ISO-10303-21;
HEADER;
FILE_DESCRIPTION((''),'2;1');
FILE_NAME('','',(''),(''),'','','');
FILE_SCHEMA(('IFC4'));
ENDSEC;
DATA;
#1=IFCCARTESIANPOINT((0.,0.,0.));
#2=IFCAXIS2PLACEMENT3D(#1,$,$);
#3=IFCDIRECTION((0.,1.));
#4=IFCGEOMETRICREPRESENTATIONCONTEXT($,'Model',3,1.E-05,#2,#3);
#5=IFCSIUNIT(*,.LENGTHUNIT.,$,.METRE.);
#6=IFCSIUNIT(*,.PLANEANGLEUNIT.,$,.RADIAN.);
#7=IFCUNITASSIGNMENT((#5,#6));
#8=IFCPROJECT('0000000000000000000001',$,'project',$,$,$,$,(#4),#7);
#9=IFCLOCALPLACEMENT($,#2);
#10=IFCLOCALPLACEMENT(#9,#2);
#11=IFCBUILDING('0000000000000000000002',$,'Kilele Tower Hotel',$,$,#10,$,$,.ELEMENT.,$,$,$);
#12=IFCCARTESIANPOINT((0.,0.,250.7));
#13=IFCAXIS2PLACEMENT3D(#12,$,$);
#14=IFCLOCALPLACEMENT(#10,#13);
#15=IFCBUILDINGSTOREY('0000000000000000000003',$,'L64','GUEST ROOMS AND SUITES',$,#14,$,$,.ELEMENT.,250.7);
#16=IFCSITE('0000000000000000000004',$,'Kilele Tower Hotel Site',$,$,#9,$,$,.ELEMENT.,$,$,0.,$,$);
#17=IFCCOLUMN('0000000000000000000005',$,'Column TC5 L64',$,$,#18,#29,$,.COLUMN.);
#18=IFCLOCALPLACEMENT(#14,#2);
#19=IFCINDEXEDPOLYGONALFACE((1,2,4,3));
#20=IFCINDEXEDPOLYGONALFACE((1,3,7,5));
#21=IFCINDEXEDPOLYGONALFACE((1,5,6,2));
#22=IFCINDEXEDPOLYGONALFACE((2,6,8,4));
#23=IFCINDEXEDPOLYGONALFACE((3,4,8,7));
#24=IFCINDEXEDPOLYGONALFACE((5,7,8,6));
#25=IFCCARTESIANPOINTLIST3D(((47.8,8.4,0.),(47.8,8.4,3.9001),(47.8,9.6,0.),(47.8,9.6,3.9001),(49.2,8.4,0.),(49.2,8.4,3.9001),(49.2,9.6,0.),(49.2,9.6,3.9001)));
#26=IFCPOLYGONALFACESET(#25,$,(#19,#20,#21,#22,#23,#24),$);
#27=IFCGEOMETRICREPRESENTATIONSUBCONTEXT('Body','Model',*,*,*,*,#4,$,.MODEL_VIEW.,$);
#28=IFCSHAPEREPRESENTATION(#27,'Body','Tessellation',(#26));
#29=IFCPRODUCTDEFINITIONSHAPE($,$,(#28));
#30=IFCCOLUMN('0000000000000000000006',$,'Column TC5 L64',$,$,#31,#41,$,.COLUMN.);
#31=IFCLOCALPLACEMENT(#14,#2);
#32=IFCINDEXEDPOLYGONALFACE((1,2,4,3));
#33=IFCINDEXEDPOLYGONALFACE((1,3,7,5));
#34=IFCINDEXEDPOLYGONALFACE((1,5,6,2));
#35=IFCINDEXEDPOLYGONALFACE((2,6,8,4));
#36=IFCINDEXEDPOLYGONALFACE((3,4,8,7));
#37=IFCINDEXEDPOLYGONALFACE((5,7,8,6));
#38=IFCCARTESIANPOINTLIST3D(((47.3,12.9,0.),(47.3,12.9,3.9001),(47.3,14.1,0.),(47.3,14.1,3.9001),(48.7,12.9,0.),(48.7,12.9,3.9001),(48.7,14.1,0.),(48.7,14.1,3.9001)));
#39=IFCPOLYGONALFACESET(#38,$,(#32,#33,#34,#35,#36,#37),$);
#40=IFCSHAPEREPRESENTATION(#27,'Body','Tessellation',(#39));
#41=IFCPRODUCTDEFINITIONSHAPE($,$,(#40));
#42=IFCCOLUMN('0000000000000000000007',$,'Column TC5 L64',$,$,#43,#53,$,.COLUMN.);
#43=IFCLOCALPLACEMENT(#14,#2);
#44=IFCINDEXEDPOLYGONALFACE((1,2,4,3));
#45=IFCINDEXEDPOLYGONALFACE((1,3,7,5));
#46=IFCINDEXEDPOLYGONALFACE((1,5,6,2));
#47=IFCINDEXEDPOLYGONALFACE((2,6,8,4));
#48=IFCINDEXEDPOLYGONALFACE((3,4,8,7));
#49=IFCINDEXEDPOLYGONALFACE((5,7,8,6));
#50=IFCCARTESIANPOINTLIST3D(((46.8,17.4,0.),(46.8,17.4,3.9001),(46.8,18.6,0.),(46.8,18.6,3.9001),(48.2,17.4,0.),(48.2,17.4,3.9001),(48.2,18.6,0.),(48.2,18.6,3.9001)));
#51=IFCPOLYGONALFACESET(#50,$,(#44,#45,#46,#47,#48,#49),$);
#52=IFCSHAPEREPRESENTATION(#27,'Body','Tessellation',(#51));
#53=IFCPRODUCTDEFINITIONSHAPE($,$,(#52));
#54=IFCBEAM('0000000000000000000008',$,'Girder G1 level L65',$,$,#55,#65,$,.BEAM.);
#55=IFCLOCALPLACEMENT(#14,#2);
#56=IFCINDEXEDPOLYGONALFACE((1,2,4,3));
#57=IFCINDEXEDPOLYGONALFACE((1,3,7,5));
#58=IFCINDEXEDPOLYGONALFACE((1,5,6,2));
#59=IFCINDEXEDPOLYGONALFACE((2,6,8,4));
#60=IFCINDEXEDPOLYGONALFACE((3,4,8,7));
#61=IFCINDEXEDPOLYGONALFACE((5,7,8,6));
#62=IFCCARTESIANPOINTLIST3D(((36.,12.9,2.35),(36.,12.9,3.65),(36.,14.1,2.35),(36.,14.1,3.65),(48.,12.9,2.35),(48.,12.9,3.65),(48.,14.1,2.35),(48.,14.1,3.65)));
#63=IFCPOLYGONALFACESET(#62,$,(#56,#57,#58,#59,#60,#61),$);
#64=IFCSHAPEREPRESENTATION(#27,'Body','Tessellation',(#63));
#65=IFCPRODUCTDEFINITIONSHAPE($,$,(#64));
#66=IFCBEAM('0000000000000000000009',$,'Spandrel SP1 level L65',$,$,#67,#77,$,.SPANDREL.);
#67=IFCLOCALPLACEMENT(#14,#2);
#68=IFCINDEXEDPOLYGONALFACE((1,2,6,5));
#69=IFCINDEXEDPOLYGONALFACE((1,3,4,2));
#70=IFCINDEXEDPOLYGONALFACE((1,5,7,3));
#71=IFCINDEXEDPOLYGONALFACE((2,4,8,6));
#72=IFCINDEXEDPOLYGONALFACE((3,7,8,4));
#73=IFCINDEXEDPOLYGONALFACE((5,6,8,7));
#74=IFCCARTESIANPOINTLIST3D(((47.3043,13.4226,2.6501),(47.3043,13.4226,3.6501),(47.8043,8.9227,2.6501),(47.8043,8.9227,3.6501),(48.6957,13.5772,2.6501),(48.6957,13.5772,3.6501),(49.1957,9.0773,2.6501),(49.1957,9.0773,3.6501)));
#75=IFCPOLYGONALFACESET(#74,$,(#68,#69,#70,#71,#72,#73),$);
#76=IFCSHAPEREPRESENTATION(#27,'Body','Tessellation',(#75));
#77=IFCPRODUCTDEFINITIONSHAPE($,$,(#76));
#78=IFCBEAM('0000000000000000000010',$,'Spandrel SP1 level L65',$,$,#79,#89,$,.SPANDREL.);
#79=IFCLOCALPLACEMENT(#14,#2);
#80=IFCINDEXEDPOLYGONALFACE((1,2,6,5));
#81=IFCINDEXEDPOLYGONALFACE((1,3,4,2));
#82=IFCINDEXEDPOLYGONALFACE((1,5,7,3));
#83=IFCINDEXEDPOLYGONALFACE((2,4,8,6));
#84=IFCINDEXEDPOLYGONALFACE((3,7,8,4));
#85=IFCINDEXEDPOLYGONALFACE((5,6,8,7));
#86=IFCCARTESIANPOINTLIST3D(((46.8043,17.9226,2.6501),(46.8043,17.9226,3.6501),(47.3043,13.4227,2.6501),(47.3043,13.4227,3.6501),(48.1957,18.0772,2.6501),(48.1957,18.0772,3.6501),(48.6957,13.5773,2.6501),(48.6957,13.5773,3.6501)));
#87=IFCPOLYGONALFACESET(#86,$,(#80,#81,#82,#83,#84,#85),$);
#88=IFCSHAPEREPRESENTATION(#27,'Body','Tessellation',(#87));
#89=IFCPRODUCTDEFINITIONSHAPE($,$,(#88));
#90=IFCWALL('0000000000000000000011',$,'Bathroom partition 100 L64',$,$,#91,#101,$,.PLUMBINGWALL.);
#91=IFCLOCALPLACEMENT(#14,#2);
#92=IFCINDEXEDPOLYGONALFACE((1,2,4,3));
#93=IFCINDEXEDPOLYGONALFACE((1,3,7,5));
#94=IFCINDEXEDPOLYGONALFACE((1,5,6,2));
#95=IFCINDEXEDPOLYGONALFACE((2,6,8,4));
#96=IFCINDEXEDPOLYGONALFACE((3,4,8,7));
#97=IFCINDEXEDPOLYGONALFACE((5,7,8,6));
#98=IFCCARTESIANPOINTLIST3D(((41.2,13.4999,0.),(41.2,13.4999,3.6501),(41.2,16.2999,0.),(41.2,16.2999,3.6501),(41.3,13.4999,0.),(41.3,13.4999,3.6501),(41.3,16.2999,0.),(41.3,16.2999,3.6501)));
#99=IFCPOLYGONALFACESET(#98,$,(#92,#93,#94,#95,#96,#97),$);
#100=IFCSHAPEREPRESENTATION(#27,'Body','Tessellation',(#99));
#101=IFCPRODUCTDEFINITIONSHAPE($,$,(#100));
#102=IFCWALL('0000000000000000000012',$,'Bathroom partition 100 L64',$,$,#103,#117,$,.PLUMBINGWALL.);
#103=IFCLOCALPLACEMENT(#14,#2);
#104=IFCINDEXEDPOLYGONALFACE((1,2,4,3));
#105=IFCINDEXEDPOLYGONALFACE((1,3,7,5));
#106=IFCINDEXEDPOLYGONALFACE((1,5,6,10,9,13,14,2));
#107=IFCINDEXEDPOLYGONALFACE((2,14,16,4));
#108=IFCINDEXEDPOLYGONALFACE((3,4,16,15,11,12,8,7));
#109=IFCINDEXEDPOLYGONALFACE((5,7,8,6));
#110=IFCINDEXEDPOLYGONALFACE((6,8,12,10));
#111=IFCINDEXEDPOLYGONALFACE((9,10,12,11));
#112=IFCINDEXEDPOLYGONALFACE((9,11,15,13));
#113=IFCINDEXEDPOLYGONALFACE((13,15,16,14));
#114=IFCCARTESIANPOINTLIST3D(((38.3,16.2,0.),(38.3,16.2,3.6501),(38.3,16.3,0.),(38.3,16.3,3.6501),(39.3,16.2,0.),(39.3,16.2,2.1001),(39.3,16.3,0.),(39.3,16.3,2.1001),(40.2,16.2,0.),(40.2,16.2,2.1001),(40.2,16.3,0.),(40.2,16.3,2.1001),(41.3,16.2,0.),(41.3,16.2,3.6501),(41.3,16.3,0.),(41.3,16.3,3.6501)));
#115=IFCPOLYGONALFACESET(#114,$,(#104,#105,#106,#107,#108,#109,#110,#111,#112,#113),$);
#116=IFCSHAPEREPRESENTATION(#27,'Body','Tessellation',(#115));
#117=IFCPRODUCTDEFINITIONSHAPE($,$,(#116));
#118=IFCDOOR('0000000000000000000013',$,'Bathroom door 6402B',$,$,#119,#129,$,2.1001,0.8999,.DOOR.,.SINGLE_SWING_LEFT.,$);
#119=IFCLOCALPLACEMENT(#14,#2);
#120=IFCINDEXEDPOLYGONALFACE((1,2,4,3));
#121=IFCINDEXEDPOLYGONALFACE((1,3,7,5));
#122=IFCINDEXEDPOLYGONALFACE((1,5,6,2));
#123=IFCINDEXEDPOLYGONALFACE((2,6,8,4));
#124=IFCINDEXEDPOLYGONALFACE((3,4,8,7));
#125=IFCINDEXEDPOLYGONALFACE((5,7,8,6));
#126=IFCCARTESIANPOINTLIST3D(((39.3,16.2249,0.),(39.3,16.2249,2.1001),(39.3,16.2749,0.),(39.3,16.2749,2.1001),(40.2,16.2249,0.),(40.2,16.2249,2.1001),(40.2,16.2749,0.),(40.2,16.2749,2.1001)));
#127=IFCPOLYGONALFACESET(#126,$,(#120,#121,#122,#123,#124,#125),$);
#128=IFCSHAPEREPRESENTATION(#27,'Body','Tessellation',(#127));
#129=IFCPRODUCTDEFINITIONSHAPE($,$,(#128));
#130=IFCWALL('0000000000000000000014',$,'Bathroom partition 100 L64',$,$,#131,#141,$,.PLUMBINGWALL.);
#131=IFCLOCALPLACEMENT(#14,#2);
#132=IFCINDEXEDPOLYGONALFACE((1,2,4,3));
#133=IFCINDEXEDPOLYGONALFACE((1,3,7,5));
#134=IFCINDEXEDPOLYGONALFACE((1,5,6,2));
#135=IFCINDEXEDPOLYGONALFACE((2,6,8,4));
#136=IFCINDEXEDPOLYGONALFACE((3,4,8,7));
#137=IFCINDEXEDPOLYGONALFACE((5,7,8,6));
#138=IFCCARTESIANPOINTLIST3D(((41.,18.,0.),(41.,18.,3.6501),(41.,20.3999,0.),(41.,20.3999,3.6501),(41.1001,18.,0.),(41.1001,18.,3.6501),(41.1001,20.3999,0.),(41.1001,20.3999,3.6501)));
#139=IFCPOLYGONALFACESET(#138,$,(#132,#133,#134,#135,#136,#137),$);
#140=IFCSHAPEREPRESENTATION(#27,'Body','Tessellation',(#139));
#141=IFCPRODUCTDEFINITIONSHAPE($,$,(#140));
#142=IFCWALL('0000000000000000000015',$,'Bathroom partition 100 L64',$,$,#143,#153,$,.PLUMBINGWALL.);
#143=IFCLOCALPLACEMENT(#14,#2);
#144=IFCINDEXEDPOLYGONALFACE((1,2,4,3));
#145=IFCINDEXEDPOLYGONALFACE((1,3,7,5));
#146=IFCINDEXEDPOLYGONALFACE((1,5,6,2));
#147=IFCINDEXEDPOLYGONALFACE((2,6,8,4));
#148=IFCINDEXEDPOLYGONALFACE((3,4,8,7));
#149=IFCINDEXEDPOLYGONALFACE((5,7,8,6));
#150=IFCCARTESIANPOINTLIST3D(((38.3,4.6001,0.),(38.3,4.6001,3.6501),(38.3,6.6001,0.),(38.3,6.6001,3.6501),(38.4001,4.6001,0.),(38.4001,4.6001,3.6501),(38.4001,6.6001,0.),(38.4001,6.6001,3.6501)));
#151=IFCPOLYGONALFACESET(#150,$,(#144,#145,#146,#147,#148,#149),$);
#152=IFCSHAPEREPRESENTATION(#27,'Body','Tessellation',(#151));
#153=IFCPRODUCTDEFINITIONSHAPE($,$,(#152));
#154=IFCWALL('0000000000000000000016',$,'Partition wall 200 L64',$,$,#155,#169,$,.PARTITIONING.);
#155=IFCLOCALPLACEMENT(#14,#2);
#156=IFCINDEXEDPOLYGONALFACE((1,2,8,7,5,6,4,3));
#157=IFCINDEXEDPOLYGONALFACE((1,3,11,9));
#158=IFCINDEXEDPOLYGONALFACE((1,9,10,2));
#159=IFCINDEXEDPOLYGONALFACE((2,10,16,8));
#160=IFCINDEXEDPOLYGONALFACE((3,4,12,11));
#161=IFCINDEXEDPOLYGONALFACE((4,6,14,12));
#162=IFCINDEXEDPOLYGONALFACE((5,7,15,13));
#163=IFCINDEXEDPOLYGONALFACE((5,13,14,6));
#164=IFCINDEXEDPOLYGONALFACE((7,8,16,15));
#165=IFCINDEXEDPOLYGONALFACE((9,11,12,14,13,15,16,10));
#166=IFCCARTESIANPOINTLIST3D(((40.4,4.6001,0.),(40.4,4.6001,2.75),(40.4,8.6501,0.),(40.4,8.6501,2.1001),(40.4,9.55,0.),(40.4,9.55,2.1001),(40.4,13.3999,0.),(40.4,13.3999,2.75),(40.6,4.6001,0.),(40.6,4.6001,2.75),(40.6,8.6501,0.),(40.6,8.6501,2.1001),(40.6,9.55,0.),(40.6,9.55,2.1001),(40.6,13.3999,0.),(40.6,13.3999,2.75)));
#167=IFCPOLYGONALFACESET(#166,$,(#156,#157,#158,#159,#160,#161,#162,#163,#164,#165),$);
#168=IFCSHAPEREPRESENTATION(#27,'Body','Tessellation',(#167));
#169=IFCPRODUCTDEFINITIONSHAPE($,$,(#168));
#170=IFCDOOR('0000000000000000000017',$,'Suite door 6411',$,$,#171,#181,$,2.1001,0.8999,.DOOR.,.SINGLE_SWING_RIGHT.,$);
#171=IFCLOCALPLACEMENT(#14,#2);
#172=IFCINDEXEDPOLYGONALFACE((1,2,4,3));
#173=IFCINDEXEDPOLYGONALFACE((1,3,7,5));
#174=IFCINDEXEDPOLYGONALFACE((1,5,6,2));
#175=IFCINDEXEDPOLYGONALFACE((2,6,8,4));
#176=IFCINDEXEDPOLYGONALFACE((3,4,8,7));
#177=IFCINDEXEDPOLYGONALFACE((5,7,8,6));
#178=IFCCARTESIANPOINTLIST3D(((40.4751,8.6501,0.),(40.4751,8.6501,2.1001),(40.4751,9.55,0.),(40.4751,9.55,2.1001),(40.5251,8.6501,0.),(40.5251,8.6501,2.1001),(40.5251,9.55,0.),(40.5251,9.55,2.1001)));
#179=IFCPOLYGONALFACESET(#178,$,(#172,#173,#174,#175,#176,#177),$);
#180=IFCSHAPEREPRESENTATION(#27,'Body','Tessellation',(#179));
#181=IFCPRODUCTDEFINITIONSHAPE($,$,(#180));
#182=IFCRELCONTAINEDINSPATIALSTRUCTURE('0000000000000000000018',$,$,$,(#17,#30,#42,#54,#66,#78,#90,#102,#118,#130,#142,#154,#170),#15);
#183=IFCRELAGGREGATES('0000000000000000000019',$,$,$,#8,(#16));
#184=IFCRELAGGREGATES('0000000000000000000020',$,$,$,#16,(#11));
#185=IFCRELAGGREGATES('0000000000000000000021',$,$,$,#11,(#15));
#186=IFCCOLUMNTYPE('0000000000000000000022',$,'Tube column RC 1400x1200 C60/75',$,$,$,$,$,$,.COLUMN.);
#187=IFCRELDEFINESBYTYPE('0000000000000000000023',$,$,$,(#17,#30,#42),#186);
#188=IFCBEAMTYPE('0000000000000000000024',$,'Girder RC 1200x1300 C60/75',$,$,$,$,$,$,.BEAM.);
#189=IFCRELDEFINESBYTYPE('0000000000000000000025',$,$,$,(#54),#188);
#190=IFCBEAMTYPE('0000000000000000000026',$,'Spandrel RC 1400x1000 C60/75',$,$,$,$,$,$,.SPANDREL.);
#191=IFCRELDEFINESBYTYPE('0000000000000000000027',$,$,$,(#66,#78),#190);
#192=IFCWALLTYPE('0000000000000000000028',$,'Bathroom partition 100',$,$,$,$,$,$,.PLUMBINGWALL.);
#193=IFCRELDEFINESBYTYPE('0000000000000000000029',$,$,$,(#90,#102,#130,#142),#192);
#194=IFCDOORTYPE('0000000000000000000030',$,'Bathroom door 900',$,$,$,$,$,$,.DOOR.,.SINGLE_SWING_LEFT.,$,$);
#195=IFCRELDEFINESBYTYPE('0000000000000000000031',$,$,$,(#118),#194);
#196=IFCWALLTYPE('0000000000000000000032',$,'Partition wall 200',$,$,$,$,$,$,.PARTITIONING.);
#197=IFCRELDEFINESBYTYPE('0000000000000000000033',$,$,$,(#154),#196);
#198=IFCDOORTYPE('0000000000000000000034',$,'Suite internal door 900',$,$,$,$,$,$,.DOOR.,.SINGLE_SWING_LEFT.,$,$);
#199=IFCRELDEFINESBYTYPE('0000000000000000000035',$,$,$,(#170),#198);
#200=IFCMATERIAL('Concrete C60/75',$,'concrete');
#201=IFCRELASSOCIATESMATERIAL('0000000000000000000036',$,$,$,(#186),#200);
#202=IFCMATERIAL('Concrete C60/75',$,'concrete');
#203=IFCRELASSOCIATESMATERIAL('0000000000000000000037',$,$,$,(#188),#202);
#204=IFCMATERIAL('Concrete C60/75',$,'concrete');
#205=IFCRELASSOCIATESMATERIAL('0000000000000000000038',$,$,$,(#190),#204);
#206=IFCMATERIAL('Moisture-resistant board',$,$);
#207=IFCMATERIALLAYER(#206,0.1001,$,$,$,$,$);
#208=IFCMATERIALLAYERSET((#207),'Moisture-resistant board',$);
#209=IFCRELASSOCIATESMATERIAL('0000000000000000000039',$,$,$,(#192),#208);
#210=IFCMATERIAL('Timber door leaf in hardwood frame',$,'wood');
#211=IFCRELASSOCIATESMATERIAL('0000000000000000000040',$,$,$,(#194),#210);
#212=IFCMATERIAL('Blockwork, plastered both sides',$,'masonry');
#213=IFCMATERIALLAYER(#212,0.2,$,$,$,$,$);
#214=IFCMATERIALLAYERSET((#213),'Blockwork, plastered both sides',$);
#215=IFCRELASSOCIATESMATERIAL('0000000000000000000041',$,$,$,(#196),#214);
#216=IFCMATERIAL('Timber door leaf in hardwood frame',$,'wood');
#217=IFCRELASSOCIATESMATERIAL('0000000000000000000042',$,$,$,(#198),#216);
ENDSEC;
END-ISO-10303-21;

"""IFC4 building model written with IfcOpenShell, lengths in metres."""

from ifc_helpers import new_model, si_unit, direction, frame, frame_2d, origin, origin_2d, place, context, subcontext, project, spatial, rectangle, extrude, material, layer, layer_set, material_profile, profile_set, type_object, element, fill, save


model = new_model("IFC4")

# Units and contexts
model_context = context("Model", 3, precision=1e-05, world=origin(), true_north=direction((0.0, 1.0)))
body_context = subcontext(model_context, "Body", "Model", "MODEL_VIEW")
ifc_project = project(units=[si_unit("LENGTHUNIT", "METRE"), si_unit("PLANEANGLEUNIT", "RADIAN")], contexts=[model_context])

# Site, building, storey
site_placement = place(None, origin())
site = spatial("IfcSite", under=ifc_project, at=site_placement, Name="Kilele Tower Hotel Site", CompositionType="ELEMENT", RefElevation=0.0)
building_placement = place(site_placement, origin())
building = spatial("IfcBuilding", under=site, at=building_placement, Name="Kilele Tower Hotel", CompositionType="ELEMENT")
storey_placement = place(building_placement, frame((0.0, 0.0, 250.7)))
storey = spatial("IfcBuildingStorey", under=building, at=storey_placement, Name="L64", Description="GUEST ROOMS AND SUITES", CompositionType="ELEMENT", Elevation=250.7)

# Columns
ifc_material_1 = material(Name="Concrete C60/75", Category="concrete")
ifc_material_profile_1 = material_profile(ifc_material_1, rectangle(XDim=1.3999, YDim=1.2, at=origin_2d()))
ifc_profile_set_1 = profile_set([ifc_material_profile_1], Name="Concrete C60/75")
column_type = type_object("IfcColumnType", Name="Tube column RC 1400x1200 C60/75", PredefinedType="COLUMN", material=ifc_profile_set_1)
for number, where, z_axis, x_axis, name in (
    (1, (48.5, 9.0, 0.0), (0.0, 0.0, 1.0), (1.0, 0.0, 0.0), "Column TC5 L64"),
    (2, (48.0, 13.5, 0.0), (0.0, 0.0, 1.0), (1.0, 0.0, 0.0), "Column TC5 L64"),
    (3, (47.5, 18.0, 0.0), (0.0, 0.0, 1.0), (1.0, 0.0, 0.0), "Column TC5 L64"),
):
    element("IfcColumn", number, at=place(storey_placement, frame(where, z_axis=z_axis, x_axis=x_axis)), inside=storey, type_object=column_type, Name=name, PredefinedType="COLUMN", context=body_context, shape_type="SweptSolid", body=[
        extrude(rectangle(XDim=1.3999, YDim=1.2, at=origin_2d()), origin(), (0.0, 0.0, 1.0), 3.9001),
    ])

# Beams
ifc_material_2 = material(Name="Concrete C60/75", Category="concrete")
ifc_material_profile_2 = material_profile(ifc_material_2, rectangle(XDim=1.2, YDim=1.3, at=origin_2d()))
ifc_profile_set_2 = profile_set([ifc_material_profile_2], Name="Concrete C60/75")
beam_type_1 = type_object("IfcBeamType", Name="Girder RC 1200x1300 C60/75", PredefinedType="BEAM", material=ifc_profile_set_2)
beam_placement = place(storey_placement, frame((48.0, 13.5, 3.0), z_axis=(-1.0, 0.0, 0.0), x_axis=(0.0, -1.0, 0.0)))
element("IfcBeam", 4, at=beam_placement, inside=storey, type_object=beam_type_1, Name="Girder G1 level L65", PredefinedType="BEAM", context=body_context, shape_type="SweptSolid", body=[
    extrude(rectangle(XDim=1.2, YDim=1.3, at=origin_2d()), origin(), (0.0, 0.0, 1.0), 12.0),
])
ifc_material_3 = material(Name="Concrete C60/75", Category="concrete")
ifc_material_profile_3 = material_profile(ifc_material_3, rectangle(XDim=1.3999, YDim=1.0, at=origin_2d()))
ifc_profile_set_3 = profile_set([ifc_material_profile_3], Name="Concrete C60/75")
beam_type_2 = type_object("IfcBeamType", Name="Spandrel RC 1400x1000 C60/75", PredefinedType="SPANDREL", material=ifc_profile_set_3)
for number, where, z_axis, x_axis, name in (
    (5, (48.5, 9.0, 3.1501), (-0.110432, 0.993884, 0.0), (-0.993884, -0.110432, 0.0), "Spandrel SP1 level L65"),
    (6, (48.0, 13.5, 3.1501), (-0.110432, 0.993884, 0.0), (-0.993884, -0.110432, 0.0), "Spandrel SP1 level L65"),
):
    element("IfcBeam", number, at=place(storey_placement, frame(where, z_axis=z_axis, x_axis=x_axis)), inside=storey, type_object=beam_type_2, Name=name, PredefinedType="SPANDREL", context=body_context, shape_type="SweptSolid", body=[
        extrude(rectangle(XDim=1.3999, YDim=1.0, at=origin_2d()), origin(), (0.0, 0.0, 1.0), 4.5276),
    ])

# Wall
ifc_material_4 = material(Name="Moisture-resistant board")
ifc_layer_1 = layer(ifc_material_4, 0.1001)
ifc_layer_set_1 = layer_set([ifc_layer_1], Name="Moisture-resistant board")
wall_type_1 = type_object("IfcWallType", Name="Bathroom partition 100", PredefinedType="PLUMBINGWALL", material=ifc_layer_set_1)
wall_1_placement = place(storey_placement, frame((41.25, 13.5, 0.0), z_axis=(0.0, 0.0, 1.0), x_axis=(0.0, 1.0, 0.0)))
element("IfcWall", 7, at=wall_1_placement, inside=storey, type_object=wall_type_1, Name="Bathroom partition 100 L64", PredefinedType="PLUMBINGWALL", context=body_context, shape_type="SweptSolid", body=[
    extrude(rectangle(XDim=2.8, YDim=0.1001, at=frame_2d((1.3999, 0.0))), origin(), (0.0, 0.0, 1.0), 3.6501),
])

# Wall, opening, door
wall_2_placement = place(storey_placement, frame((38.3, 16.25, 0.0), z_axis=(0.0, 0.0, 1.0), x_axis=(1.0, 0.0, 0.0)))
wall_2 = element("IfcWall", 8, at=wall_2_placement, inside=storey, type_object=wall_type_1, Name="Bathroom partition 100 L64", PredefinedType="PLUMBINGWALL", context=body_context, shape_type="SweptSolid", body=[
    extrude(rectangle(XDim=3.0, YDim=0.1001, at=frame_2d((1.5, 0.0))), origin(), (0.0, 0.0, 1.0), 3.6501),
])
opening_1_placement = place(wall_2_placement, frame((1.0, 0.0, 0.0)))
opening_1 = element("IfcOpeningElement", 9, at=opening_1_placement, cuts=wall_2, PredefinedType="OPENING", context=body_context, shape_type="SweptSolid", body=[
    extrude(rectangle(XDim=0.8999, YDim=2.1001, at=frame_2d((0.45, 1.05))), frame((0.0, 0.0601, 0.0), z_axis=(0.0, -1.0, 0.0), x_axis=(1.0, 0.0, 0.0)), (0.0, 0.0, 1.0), 0.1201),
])
ifc_material_5 = material(Name="Timber door leaf in hardwood frame", Category="wood")
door_type_1 = type_object("IfcDoorType", Name="Bathroom door 900", OperationType="SINGLE_SWING_LEFT", PredefinedType="DOOR", material=ifc_material_5)
door_1_placement = place(opening_1_placement, origin())
door_1 = element("IfcDoor", 10, at=door_1_placement, inside=storey, type_object=door_type_1, Name="Bathroom door 6402B", OperationType="SINGLE_SWING_LEFT", OverallHeight=2.1001, OverallWidth=0.8999, PredefinedType="DOOR", context=body_context, shape_type="SweptSolid", body=[
    extrude(rectangle(XDim=0.8999, YDim=2.1001, at=frame_2d((0.45, 1.05))), frame((0.0, 0.0249, 0.0), z_axis=(0.0, -1.0, 0.0), x_axis=(1.0, 0.0, 0.0)), (0.0, 0.0, 1.0), 0.05),
])
fill(opening_1, door_1)

# Walls
wall_3_placement = place(storey_placement, frame((41.05, 18.0, 0.0), z_axis=(0.0, 0.0, 1.0), x_axis=(0.0, 1.0, 0.0)))
element("IfcWall", 11, at=wall_3_placement, inside=storey, type_object=wall_type_1, Name="Bathroom partition 100 L64", PredefinedType="PLUMBINGWALL", context=body_context, shape_type="SweptSolid", body=[
    extrude(rectangle(XDim=2.3999, YDim=0.1001, at=frame_2d((1.2, 0.0))), origin(), (0.0, 0.0, 1.0), 3.6501),
])
wall_4_placement = place(storey_placement, frame((38.3501, 4.6001, 0.0), z_axis=(0.0, 0.0, 1.0), x_axis=(0.0, 1.0, 0.0)))
element("IfcWall", 12, at=wall_4_placement, inside=storey, type_object=wall_type_1, Name="Bathroom partition 100 L64", PredefinedType="PLUMBINGWALL", context=body_context, shape_type="SweptSolid", body=[
    extrude(rectangle(XDim=2.0, YDim=0.1001, at=frame_2d((1.0, 0.0))), origin(), (0.0, 0.0, 1.0), 3.6501),
])

# Wall, opening, door
ifc_material_6 = material(Name="Blockwork, plastered both sides", Category="masonry")
ifc_layer_2 = layer(ifc_material_6, 0.2)
ifc_layer_set_2 = layer_set([ifc_layer_2], Name="Blockwork, plastered both sides")
wall_type_2 = type_object("IfcWallType", Name="Partition wall 200", PredefinedType="PARTITIONING", material=ifc_layer_set_2)
wall_5_placement = place(storey_placement, frame((40.5, 4.6001, 0.0), z_axis=(0.0, 0.0, 1.0), x_axis=(0.0, 1.0, 0.0)))
wall_5 = element("IfcWall", 13, at=wall_5_placement, inside=storey, type_object=wall_type_2, Name="Partition wall 200 L64", PredefinedType="PARTITIONING", context=body_context, shape_type="SweptSolid", body=[
    extrude(rectangle(XDim=8.7998, YDim=0.2, at=frame_2d((4.3999, 0.0))), origin(), (0.0, 0.0, 1.0), 2.75),
])
opening_2_placement = place(wall_5_placement, frame((4.05, 0.0, 0.0)))
opening_2 = element("IfcOpeningElement", 14, at=opening_2_placement, cuts=wall_5, PredefinedType="OPENING", context=body_context, shape_type="SweptSolid", body=[
    extrude(rectangle(XDim=0.8999, YDim=2.1001, at=frame_2d((0.45, 1.05))), frame((0.0, 0.1099, 0.0), z_axis=(0.0, -1.0, 0.0), x_axis=(1.0, 0.0, 0.0)), (0.0, 0.0, 1.0), 0.22),
])
ifc_material_7 = material(Name="Timber door leaf in hardwood frame", Category="wood")
door_type_2 = type_object("IfcDoorType", Name="Suite internal door 900", OperationType="SINGLE_SWING_LEFT", PredefinedType="DOOR", material=ifc_material_7)
door_2_placement = place(opening_2_placement, origin())
door_2 = element("IfcDoor", 15, at=door_2_placement, inside=storey, type_object=door_type_2, Name="Suite door 6411", OperationType="SINGLE_SWING_RIGHT", OverallHeight=2.1001, OverallWidth=0.8999, PredefinedType="DOOR", context=body_context, shape_type="SweptSolid", body=[
    extrude(rectangle(XDim=0.8999, YDim=2.1001, at=frame_2d((0.45, 1.05))), frame((0.0, 0.0249, 0.0), z_axis=(0.0, -1.0, 0.0), x_axis=(1.0, 0.0, 0.0)), (0.0, 0.0, 1.0), 0.05),
])
fill(opening_2, door_2)

save(model, "model.ifc")
